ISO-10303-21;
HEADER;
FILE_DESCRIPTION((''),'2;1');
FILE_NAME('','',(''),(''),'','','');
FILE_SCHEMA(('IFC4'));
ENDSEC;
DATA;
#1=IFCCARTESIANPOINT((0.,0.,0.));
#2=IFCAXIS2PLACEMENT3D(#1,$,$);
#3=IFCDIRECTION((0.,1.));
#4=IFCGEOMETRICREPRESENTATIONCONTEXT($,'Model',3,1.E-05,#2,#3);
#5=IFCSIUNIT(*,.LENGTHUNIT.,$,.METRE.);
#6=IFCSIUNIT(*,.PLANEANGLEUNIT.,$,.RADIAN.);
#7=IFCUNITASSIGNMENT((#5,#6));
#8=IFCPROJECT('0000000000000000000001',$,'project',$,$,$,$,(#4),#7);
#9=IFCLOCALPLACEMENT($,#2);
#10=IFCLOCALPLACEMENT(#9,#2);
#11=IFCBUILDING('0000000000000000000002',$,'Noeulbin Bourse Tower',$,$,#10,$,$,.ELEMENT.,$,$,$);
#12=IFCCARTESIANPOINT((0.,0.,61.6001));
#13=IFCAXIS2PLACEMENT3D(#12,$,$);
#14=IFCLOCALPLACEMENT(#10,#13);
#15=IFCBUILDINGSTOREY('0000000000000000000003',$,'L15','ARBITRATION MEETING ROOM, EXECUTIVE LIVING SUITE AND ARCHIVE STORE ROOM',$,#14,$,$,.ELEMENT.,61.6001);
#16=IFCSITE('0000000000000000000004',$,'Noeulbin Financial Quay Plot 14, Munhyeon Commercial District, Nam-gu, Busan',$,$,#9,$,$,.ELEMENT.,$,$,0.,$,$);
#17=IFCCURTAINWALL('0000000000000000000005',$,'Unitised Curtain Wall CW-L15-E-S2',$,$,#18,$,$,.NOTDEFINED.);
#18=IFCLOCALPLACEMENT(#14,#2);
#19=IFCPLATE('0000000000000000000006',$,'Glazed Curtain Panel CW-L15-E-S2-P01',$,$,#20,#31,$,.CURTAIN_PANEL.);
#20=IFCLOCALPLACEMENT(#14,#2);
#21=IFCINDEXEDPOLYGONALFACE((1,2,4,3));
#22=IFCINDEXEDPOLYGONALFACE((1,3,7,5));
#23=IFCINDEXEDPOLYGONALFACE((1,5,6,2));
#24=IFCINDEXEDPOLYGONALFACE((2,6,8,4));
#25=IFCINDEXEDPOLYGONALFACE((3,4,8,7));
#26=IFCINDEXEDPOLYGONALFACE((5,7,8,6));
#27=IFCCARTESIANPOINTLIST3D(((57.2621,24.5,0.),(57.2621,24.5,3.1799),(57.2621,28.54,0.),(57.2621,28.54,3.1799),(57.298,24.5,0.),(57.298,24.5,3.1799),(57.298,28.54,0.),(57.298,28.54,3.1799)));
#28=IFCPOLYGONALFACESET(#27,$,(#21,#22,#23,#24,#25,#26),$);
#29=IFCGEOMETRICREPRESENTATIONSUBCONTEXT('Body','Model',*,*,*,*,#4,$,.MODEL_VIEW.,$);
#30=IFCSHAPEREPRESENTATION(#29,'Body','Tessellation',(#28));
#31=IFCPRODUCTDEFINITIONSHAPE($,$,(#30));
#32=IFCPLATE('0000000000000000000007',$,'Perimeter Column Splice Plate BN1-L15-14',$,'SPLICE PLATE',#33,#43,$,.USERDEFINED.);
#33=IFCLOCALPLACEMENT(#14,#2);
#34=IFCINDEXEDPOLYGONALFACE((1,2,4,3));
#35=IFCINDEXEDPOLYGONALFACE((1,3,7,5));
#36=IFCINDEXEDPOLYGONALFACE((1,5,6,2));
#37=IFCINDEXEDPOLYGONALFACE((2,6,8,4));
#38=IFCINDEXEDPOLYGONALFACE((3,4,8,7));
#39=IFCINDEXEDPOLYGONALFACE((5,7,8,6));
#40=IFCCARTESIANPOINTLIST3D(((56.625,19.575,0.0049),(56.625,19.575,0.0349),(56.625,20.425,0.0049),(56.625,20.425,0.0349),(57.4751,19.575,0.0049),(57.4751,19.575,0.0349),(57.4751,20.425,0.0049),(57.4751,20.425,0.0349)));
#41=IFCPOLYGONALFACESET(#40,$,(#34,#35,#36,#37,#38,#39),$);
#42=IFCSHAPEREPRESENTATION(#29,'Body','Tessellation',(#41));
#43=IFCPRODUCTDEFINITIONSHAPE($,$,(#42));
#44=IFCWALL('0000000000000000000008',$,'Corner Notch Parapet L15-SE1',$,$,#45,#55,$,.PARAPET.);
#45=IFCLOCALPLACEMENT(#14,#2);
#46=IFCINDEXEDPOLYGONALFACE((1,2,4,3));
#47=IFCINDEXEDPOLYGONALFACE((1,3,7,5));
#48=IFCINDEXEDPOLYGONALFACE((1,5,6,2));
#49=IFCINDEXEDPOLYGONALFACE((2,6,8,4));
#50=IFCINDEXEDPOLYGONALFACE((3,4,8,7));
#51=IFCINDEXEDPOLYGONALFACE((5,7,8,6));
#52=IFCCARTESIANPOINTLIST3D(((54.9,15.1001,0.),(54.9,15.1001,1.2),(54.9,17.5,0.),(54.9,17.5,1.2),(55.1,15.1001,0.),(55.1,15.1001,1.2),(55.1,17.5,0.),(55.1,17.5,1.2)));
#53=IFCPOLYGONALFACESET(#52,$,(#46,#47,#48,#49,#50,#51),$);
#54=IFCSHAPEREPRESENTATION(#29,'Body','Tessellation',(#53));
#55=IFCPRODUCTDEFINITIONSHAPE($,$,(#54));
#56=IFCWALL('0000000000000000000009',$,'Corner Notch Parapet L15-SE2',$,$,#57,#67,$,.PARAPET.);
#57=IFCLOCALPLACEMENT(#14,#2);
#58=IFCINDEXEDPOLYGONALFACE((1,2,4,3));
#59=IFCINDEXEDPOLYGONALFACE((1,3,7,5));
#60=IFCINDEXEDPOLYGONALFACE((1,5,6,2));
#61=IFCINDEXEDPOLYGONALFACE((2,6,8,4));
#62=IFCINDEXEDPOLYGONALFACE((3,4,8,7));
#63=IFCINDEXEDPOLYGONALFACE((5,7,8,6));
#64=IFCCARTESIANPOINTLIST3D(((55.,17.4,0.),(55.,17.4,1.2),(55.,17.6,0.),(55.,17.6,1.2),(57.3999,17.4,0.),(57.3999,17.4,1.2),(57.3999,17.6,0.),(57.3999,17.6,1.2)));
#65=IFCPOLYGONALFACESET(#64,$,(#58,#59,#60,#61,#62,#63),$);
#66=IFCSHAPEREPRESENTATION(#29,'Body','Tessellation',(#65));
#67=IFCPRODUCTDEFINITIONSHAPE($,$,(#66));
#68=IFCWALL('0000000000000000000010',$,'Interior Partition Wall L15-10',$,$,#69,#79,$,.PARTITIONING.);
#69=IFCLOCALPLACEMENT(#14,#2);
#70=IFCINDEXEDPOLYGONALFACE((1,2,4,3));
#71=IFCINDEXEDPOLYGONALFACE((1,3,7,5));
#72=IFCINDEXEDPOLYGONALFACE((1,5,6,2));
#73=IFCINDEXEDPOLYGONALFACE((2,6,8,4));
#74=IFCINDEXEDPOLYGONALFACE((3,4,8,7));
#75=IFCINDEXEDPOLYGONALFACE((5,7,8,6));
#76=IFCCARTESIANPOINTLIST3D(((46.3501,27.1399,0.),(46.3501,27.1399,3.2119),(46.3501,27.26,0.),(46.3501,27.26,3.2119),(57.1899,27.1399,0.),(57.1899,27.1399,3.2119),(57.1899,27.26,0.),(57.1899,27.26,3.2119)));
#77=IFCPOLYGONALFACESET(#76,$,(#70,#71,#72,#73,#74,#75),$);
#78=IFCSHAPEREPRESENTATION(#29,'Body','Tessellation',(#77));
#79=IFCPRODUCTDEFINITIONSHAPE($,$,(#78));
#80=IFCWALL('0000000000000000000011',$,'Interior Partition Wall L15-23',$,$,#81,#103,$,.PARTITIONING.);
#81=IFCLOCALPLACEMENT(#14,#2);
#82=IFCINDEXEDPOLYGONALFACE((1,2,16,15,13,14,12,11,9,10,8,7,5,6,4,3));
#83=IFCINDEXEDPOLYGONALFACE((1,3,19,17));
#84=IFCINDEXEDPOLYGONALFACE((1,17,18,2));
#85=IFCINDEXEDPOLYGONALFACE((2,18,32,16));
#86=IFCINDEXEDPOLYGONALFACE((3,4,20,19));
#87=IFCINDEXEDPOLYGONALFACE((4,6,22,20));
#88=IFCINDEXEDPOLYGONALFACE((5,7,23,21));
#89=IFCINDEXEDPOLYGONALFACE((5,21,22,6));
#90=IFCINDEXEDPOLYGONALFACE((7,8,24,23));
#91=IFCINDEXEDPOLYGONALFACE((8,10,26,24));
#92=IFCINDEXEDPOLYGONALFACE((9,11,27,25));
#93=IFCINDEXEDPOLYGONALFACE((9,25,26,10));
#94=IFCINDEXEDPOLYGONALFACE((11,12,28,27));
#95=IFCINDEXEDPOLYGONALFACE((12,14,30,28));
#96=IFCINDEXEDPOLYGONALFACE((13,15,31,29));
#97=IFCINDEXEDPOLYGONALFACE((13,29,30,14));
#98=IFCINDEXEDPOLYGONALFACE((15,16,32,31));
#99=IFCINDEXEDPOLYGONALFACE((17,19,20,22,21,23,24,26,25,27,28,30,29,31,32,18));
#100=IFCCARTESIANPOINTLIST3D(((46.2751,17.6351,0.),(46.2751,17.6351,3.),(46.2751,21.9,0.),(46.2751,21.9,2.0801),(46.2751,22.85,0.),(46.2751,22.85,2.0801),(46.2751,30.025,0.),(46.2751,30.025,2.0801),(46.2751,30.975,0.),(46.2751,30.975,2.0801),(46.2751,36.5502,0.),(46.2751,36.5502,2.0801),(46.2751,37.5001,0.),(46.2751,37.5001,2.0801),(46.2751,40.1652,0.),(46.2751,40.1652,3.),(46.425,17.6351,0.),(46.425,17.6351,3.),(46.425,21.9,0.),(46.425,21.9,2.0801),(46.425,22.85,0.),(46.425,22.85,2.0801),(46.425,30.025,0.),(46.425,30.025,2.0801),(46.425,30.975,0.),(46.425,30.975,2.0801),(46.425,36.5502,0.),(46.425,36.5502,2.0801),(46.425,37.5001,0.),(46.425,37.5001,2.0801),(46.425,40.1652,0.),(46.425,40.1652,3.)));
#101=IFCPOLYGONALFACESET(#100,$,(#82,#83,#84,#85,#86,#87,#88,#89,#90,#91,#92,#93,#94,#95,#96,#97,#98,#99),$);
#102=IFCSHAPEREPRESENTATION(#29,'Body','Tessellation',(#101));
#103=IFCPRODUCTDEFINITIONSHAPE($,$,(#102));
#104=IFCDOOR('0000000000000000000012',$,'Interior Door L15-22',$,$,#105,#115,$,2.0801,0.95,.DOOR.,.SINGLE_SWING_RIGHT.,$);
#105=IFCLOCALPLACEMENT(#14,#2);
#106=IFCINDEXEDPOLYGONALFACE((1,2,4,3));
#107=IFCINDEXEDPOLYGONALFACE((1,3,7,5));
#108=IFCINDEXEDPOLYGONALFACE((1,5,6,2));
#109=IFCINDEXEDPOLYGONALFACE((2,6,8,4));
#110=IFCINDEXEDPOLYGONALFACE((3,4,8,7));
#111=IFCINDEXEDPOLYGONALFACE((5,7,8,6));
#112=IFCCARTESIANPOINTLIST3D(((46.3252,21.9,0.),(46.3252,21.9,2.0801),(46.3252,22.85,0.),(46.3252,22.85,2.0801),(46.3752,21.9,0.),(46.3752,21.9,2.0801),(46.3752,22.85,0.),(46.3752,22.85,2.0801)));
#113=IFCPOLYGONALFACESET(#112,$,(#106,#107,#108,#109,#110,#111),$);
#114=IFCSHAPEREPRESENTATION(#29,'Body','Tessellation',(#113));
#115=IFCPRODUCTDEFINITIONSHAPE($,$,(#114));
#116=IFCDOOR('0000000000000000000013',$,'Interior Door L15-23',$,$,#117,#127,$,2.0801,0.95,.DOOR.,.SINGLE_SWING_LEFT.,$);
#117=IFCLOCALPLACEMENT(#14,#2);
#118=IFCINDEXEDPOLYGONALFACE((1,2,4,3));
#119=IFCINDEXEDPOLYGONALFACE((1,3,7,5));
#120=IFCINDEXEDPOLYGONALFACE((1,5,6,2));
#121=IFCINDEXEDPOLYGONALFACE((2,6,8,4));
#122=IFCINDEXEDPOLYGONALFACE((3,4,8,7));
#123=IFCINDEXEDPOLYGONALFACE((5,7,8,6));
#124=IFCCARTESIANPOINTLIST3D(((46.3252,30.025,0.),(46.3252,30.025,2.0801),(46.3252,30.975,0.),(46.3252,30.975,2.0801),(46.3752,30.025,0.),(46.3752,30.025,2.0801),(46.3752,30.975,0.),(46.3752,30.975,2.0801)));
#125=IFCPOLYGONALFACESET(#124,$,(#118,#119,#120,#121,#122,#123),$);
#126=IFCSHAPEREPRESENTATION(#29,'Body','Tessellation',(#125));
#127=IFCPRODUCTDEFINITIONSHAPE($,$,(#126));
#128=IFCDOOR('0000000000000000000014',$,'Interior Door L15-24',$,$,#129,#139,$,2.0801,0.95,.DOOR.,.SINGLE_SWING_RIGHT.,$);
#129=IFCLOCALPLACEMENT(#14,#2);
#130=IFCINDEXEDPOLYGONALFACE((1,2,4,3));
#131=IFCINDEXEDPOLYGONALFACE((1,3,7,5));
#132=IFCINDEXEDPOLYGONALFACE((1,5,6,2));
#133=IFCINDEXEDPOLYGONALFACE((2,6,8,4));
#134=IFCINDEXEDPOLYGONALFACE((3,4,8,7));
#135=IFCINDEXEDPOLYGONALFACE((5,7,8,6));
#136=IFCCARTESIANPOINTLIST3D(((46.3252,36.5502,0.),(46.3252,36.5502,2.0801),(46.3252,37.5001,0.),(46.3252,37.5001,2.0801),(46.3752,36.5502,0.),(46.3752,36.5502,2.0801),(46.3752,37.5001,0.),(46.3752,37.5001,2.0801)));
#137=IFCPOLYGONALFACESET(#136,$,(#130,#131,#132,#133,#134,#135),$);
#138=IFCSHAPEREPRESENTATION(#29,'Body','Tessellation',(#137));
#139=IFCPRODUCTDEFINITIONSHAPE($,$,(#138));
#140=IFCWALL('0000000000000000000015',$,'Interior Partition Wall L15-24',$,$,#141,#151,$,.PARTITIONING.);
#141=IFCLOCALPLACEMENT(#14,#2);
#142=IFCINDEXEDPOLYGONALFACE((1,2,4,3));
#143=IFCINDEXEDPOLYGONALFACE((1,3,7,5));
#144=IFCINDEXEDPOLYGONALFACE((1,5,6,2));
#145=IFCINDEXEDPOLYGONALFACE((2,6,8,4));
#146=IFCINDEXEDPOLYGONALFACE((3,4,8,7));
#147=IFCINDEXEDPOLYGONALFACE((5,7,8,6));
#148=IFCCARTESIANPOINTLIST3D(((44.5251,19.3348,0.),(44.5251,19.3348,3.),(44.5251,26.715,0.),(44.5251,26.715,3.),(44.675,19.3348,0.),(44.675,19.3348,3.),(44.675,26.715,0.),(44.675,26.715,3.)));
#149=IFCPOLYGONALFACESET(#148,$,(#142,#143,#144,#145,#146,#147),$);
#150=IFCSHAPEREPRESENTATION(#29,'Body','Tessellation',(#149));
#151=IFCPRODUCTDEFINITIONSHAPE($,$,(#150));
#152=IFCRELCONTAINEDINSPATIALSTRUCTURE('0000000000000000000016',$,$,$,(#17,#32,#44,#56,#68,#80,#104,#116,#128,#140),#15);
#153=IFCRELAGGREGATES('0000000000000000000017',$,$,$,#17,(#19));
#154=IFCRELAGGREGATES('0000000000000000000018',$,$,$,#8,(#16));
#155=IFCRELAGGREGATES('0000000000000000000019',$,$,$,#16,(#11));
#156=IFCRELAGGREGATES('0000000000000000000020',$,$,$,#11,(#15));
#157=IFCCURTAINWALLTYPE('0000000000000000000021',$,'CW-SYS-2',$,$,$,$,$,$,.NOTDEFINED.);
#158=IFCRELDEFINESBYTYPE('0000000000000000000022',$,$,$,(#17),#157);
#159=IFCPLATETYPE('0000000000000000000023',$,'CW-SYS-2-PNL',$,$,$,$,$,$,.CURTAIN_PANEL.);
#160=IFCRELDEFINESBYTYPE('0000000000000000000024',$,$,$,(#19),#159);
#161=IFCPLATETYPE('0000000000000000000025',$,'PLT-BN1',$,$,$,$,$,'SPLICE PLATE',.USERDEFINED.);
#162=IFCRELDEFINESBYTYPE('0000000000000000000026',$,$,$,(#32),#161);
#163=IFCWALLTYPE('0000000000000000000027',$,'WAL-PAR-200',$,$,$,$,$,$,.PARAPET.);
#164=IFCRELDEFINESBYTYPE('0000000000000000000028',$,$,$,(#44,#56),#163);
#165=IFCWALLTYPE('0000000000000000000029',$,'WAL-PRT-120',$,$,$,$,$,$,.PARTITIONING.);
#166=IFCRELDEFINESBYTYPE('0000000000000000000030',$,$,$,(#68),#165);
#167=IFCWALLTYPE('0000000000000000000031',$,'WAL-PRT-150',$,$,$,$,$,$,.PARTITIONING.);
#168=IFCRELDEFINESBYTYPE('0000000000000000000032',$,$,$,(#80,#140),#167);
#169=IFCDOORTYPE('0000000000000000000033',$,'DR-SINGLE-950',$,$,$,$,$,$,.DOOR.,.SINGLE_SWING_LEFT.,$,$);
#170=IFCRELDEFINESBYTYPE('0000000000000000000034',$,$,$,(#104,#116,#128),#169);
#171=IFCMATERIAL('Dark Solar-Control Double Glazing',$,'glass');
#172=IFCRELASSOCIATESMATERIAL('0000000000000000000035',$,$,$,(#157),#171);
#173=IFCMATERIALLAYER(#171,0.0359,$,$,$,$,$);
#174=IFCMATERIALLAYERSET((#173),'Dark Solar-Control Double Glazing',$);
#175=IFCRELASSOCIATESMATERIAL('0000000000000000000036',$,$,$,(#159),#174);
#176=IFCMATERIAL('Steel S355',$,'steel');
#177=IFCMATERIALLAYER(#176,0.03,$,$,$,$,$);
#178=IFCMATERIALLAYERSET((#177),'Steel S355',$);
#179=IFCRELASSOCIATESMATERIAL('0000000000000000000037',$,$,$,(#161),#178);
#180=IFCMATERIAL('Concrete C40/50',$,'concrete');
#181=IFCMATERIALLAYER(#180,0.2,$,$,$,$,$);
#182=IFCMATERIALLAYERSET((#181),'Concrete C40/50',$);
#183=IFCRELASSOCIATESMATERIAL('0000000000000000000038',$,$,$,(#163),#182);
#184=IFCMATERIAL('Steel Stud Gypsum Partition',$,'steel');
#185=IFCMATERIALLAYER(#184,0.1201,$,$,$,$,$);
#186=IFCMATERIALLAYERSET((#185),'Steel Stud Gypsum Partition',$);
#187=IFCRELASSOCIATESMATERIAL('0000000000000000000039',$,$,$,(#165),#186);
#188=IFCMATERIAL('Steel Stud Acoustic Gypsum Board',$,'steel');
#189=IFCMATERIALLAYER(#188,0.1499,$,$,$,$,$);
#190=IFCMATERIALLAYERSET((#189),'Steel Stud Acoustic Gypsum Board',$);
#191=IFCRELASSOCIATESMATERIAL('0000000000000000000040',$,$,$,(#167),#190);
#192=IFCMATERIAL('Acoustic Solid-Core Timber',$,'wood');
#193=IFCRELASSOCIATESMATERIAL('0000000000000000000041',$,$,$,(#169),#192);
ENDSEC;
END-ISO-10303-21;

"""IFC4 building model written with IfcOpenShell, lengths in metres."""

from ifc_helpers import new_model, si_unit, direction, frame, frame_2d, origin, origin_2d, place, context, subcontext, project, spatial, rectangle, extrude, material, layer, layer_set, type_object, element, fill, aggregate, save


model = new_model("IFC4")

# Units and contexts
model_context = context("Model", 3, precision=1e-05, world=origin(), true_north=direction((0.0, 1.0)))
body_context = subcontext(model_context, "Body", "Model", "MODEL_VIEW")
ifc_project = project(units=[si_unit("LENGTHUNIT", "METRE"), si_unit("PLANEANGLEUNIT", "RADIAN")], contexts=[model_context])

# Site, building, storey
site_placement = place(None, origin())
site = spatial("IfcSite", under=ifc_project, at=site_placement, Name="Noeulbin Financial Quay Plot 14, Munhyeon Commercial District, Nam-gu, Busan", CompositionType="ELEMENT", RefElevation=0.0)
building_placement = place(site_placement, origin())
building = spatial("IfcBuilding", under=site, at=building_placement, Name="Noeulbin Bourse Tower", CompositionType="ELEMENT")
storey_placement = place(building_placement, frame((0.0, 0.0, 61.6001)))
storey = spatial("IfcBuildingStorey", under=building, at=storey_placement, Name="L15", Description="ARBITRATION MEETING ROOM, EXECUTIVE LIVING SUITE AND ARCHIVE STORE ROOM", CompositionType="ELEMENT", Elevation=61.6001)

# Shared definitions
ifc_material_1 = material(Name="Steel S355", Category="steel")

# Curtain wall
ifc_material_2 = material(Name="Dark Solar-Control Double Glazing", Category="glass")
curtain_wall_type = type_object("IfcCurtainWallType", Name="CW-SYS-2", PredefinedType="NOTDEFINED", material=ifc_material_2)
curtain_wall_1_placement = place(storey_placement, origin())
curtain_wall_1 = element("IfcCurtainWall", 1, at=curtain_wall_1_placement, inside=storey, type_object=curtain_wall_type, Name="Unitised Curtain Wall CW-L15-E-S2", PredefinedType="NOTDEFINED")

# Plates
ifc_layer_1 = layer(ifc_material_2, 0.0359)
ifc_layer_set_1 = layer_set([ifc_layer_1], Name="Dark Solar-Control Double Glazing")
plate_type_1 = type_object("IfcPlateType", Name="CW-SYS-2-PNL", PredefinedType="CURTAIN_PANEL", material=ifc_layer_set_1)
plate_1_placement = place(storey_placement, frame((57.28, 26.52, 0.0), z_axis=(0.0, 0.0, 1.0), x_axis=(0.0, 1.0, 0.0)))
plate_1 = element("IfcPlate", 2, at=plate_1_placement, type_object=plate_type_1, Name="Glazed Curtain Panel CW-L15-E-S2-P01", PredefinedType="CURTAIN_PANEL", context=body_context, shape_type="SweptSolid", body=[
    extrude(rectangle(XDim=4.04, YDim=0.0359, at=origin_2d()), origin(), (0.0, 0.0, 1.0), 3.1799),
])
aggregate(curtain_wall_1, [plate_1])
ifc_layer_2 = layer(ifc_material_1, 0.03)
ifc_layer_set_2 = layer_set([ifc_layer_2], Name="Steel S355")
plate_type_2 = type_object("IfcPlateType", Name="PLT-BN1", ElementType="SPLICE PLATE", PredefinedType="USERDEFINED", material=ifc_layer_set_2)
plate_2_placement = place(storey_placement, frame((57.05, 20.0, 0.0049), z_axis=(0.0, 0.0, 1.0), x_axis=(1.0, 0.0, 0.0)))
element("IfcPlate", 3, at=plate_2_placement, inside=storey, type_object=plate_type_2, Name="Perimeter Column Splice Plate BN1-L15-14", ObjectType="SPLICE PLATE", PredefinedType="USERDEFINED", context=body_context, shape_type="SweptSolid", body=[
    extrude(rectangle(XDim=0.8501, YDim=0.8501, at=origin_2d()), origin(), (0.0, 0.0, 1.0), 0.03),
])

# Walls
ifc_material_3 = material(Name="Concrete C40/50", Category="concrete")
ifc_layer_3 = layer(ifc_material_3, 0.2)
ifc_layer_set_3 = layer_set([ifc_layer_3], Name="Concrete C40/50")
wall_type_1 = type_object("IfcWallType", Name="WAL-PAR-200", PredefinedType="PARAPET", material=ifc_layer_set_3)
for number, where, z_axis, x_axis, name in (
    (4, (55.0, 15.1001, 0.0), (0.0, 0.0, 1.0), (0.0, 1.0, 0.0), "Corner Notch Parapet L15-SE1"),
    (5, (55.0, 17.5, 0.0), (0.0, 0.0, 1.0), (1.0, 0.0, 0.0), "Corner Notch Parapet L15-SE2"),
):
    element("IfcWall", number, at=place(storey_placement, frame(where, z_axis=z_axis, x_axis=x_axis)), inside=storey, type_object=wall_type_1, Name=name, PredefinedType="PARAPET", context=body_context, shape_type="SweptSolid", body=[
        extrude(rectangle(XDim=2.3999, YDim=0.2, at=frame_2d((1.2, 0.0))), origin(), (0.0, 0.0, 1.0), 1.2),
    ])
ifc_material_4 = material(Name="Steel Stud Gypsum Partition", Category="steel")
ifc_layer_4 = layer(ifc_material_4, 0.1201)
ifc_layer_set_4 = layer_set([ifc_layer_4], Name="Steel Stud Gypsum Partition")
wall_type_2 = type_object("IfcWallType", Name="WAL-PRT-120", PredefinedType="PARTITIONING", material=ifc_layer_set_4)
wall_1_placement = place(storey_placement, frame((46.3501, 27.2, 0.0), z_axis=(0.0, 0.0, 1.0), x_axis=(1.0, 0.0, 0.0)))
element("IfcWall", 6, at=wall_1_placement, inside=storey, type_object=wall_type_2, Name="Interior Partition Wall L15-10", PredefinedType="PARTITIONING", context=body_context, shape_type="SweptSolid", body=[
    extrude(rectangle(XDim=10.8398, YDim=0.1201, at=frame_2d((5.4199, 0.0))), origin(), (0.0, 0.0, 1.0), 3.2119),
])

# Wall, openings, doors
ifc_material_5 = material(Name="Steel Stud Acoustic Gypsum Board", Category="steel")
ifc_layer_5 = layer(ifc_material_5, 0.1499)
ifc_layer_set_5 = layer_set([ifc_layer_5], Name="Steel Stud Acoustic Gypsum Board")
wall_type_3 = type_object("IfcWallType", Name="WAL-PRT-150", PredefinedType="PARTITIONING", material=ifc_layer_set_5)
wall_2_placement = place(storey_placement, frame((46.3501, 17.635, 0.0), z_axis=(0.0, 0.0, 1.0), x_axis=(0.0, 1.0, 0.0)))
wall_2 = element("IfcWall", 7, at=wall_2_placement, inside=storey, type_object=wall_type_3, Name="Interior Partition Wall L15-23", PredefinedType="PARTITIONING", context=body_context, shape_type="SweptSolid", body=[
    extrude(rectangle(XDim=22.53, YDim=0.1499, at=frame_2d((11.2651, 0.0))), origin(), (0.0, 0.0, 1.0), 3.0),
])
opening_1_placement = place(wall_2_placement, frame((4.2649, 0.0, 0.0)))
opening_1 = element("IfcOpeningElement", 8, at=opening_1_placement, cuts=wall_2, PredefinedType="OPENING", context=body_context, shape_type="SweptSolid", body=[
    extrude(rectangle(XDim=0.95, YDim=2.0801, at=frame_2d((0.4751, 1.04))), frame((0.0, 0.085, 0.0), z_axis=(0.0, -1.0, 0.0), x_axis=(1.0, 0.0, 0.0)), (0.0, 0.0, 1.0), 0.1699),
])
opening_2_placement = place(wall_2_placement, frame((12.3899, 0.0, 0.0)))
opening_2 = element("IfcOpeningElement", 9, at=opening_2_placement, cuts=wall_2, PredefinedType="OPENING", context=body_context, shape_type="SweptSolid", body=[
    extrude(rectangle(XDim=0.95, YDim=2.0801, at=frame_2d((0.4751, 1.04))), frame((0.0, 0.085, 0.0), z_axis=(0.0, -1.0, 0.0), x_axis=(1.0, 0.0, 0.0)), (0.0, 0.0, 1.0), 0.1699),
])
opening_3_placement = place(wall_2_placement, frame((18.915, 0.0, 0.0)))
opening_3 = element("IfcOpeningElement", 10, at=opening_3_placement, cuts=wall_2, PredefinedType="OPENING", context=body_context, shape_type="SweptSolid", body=[
    extrude(rectangle(XDim=0.95, YDim=2.0801, at=frame_2d((0.4751, 1.04))), frame((0.0, 0.085, 0.0), z_axis=(0.0, -1.0, 0.0), x_axis=(1.0, 0.0, 0.0)), (0.0, 0.0, 1.0), 0.1699),
])
ifc_material_6 = material(Name="Acoustic Solid-Core Timber", Category="wood")
door_type = type_object("IfcDoorType", Name="DR-SINGLE-950", OperationType="SINGLE_SWING_LEFT", PredefinedType="DOOR", material=ifc_material_6)
door_1_placement = place(opening_1_placement, origin())
door_1 = element("IfcDoor", 11, at=door_1_placement, inside=storey, type_object=door_type, Name="Interior Door L15-22", OperationType="SINGLE_SWING_RIGHT", OverallHeight=2.0801, OverallWidth=0.95, PredefinedType="DOOR", context=body_context, shape_type="SweptSolid", body=[
    extrude(rectangle(XDim=0.95, YDim=2.0801, at=frame_2d((0.4751, 1.04))), frame((0.0, 0.0249, 0.0), z_axis=(0.0, -1.0, 0.0), x_axis=(1.0, 0.0, 0.0)), (0.0, 0.0, 1.0), 0.05),
])
fill(opening_1, door_1)
door_2_placement = place(opening_2_placement, origin())
door_2 = element("IfcDoor", 12, at=door_2_placement, inside=storey, type_object=door_type, Name="Interior Door L15-23", OperationType="SINGLE_SWING_LEFT", OverallHeight=2.0801, OverallWidth=0.95, PredefinedType="DOOR", context=body_context, shape_type="SweptSolid", body=[
    extrude(rectangle(XDim=0.95, YDim=2.0801, at=frame_2d((0.4751, 1.04))), frame((0.0, 0.0249, 0.0), z_axis=(0.0, -1.0, 0.0), x_axis=(1.0, 0.0, 0.0)), (0.0, 0.0, 1.0), 0.05),
])
fill(opening_2, door_2)
door_3_placement = place(opening_3_placement, origin())
door_3 = element("IfcDoor", 13, at=door_3_placement, inside=storey, type_object=door_type, Name="Interior Door L15-24", OperationType="SINGLE_SWING_RIGHT", OverallHeight=2.0801, OverallWidth=0.95, PredefinedType="DOOR", context=body_context, shape_type="SweptSolid", body=[
    extrude(rectangle(XDim=0.95, YDim=2.0801, at=frame_2d((0.4751, 1.04))), frame((0.0, 0.0249, 0.0), z_axis=(0.0, -1.0, 0.0), x_axis=(1.0, 0.0, 0.0)), (0.0, 0.0, 1.0), 0.05),
])
fill(opening_3, door_3)

# Wall
wall_3_placement = place(storey_placement, frame((44.6001, 19.335, 0.0), z_axis=(0.0, 0.0, 1.0), x_axis=(0.0, 1.0, 0.0)))
element("IfcWall", 14, at=wall_3_placement, inside=storey, type_object=wall_type_3, Name="Interior Partition Wall L15-24", PredefinedType="PARTITIONING", context=body_context, shape_type="SweptSolid", body=[
    extrude(rectangle(XDim=7.3801, YDim=0.1499, at=frame_2d((3.6899, 0.0))), origin(), (0.0, 0.0, 1.0), 3.0),
])

save(model, "model.ifc")
